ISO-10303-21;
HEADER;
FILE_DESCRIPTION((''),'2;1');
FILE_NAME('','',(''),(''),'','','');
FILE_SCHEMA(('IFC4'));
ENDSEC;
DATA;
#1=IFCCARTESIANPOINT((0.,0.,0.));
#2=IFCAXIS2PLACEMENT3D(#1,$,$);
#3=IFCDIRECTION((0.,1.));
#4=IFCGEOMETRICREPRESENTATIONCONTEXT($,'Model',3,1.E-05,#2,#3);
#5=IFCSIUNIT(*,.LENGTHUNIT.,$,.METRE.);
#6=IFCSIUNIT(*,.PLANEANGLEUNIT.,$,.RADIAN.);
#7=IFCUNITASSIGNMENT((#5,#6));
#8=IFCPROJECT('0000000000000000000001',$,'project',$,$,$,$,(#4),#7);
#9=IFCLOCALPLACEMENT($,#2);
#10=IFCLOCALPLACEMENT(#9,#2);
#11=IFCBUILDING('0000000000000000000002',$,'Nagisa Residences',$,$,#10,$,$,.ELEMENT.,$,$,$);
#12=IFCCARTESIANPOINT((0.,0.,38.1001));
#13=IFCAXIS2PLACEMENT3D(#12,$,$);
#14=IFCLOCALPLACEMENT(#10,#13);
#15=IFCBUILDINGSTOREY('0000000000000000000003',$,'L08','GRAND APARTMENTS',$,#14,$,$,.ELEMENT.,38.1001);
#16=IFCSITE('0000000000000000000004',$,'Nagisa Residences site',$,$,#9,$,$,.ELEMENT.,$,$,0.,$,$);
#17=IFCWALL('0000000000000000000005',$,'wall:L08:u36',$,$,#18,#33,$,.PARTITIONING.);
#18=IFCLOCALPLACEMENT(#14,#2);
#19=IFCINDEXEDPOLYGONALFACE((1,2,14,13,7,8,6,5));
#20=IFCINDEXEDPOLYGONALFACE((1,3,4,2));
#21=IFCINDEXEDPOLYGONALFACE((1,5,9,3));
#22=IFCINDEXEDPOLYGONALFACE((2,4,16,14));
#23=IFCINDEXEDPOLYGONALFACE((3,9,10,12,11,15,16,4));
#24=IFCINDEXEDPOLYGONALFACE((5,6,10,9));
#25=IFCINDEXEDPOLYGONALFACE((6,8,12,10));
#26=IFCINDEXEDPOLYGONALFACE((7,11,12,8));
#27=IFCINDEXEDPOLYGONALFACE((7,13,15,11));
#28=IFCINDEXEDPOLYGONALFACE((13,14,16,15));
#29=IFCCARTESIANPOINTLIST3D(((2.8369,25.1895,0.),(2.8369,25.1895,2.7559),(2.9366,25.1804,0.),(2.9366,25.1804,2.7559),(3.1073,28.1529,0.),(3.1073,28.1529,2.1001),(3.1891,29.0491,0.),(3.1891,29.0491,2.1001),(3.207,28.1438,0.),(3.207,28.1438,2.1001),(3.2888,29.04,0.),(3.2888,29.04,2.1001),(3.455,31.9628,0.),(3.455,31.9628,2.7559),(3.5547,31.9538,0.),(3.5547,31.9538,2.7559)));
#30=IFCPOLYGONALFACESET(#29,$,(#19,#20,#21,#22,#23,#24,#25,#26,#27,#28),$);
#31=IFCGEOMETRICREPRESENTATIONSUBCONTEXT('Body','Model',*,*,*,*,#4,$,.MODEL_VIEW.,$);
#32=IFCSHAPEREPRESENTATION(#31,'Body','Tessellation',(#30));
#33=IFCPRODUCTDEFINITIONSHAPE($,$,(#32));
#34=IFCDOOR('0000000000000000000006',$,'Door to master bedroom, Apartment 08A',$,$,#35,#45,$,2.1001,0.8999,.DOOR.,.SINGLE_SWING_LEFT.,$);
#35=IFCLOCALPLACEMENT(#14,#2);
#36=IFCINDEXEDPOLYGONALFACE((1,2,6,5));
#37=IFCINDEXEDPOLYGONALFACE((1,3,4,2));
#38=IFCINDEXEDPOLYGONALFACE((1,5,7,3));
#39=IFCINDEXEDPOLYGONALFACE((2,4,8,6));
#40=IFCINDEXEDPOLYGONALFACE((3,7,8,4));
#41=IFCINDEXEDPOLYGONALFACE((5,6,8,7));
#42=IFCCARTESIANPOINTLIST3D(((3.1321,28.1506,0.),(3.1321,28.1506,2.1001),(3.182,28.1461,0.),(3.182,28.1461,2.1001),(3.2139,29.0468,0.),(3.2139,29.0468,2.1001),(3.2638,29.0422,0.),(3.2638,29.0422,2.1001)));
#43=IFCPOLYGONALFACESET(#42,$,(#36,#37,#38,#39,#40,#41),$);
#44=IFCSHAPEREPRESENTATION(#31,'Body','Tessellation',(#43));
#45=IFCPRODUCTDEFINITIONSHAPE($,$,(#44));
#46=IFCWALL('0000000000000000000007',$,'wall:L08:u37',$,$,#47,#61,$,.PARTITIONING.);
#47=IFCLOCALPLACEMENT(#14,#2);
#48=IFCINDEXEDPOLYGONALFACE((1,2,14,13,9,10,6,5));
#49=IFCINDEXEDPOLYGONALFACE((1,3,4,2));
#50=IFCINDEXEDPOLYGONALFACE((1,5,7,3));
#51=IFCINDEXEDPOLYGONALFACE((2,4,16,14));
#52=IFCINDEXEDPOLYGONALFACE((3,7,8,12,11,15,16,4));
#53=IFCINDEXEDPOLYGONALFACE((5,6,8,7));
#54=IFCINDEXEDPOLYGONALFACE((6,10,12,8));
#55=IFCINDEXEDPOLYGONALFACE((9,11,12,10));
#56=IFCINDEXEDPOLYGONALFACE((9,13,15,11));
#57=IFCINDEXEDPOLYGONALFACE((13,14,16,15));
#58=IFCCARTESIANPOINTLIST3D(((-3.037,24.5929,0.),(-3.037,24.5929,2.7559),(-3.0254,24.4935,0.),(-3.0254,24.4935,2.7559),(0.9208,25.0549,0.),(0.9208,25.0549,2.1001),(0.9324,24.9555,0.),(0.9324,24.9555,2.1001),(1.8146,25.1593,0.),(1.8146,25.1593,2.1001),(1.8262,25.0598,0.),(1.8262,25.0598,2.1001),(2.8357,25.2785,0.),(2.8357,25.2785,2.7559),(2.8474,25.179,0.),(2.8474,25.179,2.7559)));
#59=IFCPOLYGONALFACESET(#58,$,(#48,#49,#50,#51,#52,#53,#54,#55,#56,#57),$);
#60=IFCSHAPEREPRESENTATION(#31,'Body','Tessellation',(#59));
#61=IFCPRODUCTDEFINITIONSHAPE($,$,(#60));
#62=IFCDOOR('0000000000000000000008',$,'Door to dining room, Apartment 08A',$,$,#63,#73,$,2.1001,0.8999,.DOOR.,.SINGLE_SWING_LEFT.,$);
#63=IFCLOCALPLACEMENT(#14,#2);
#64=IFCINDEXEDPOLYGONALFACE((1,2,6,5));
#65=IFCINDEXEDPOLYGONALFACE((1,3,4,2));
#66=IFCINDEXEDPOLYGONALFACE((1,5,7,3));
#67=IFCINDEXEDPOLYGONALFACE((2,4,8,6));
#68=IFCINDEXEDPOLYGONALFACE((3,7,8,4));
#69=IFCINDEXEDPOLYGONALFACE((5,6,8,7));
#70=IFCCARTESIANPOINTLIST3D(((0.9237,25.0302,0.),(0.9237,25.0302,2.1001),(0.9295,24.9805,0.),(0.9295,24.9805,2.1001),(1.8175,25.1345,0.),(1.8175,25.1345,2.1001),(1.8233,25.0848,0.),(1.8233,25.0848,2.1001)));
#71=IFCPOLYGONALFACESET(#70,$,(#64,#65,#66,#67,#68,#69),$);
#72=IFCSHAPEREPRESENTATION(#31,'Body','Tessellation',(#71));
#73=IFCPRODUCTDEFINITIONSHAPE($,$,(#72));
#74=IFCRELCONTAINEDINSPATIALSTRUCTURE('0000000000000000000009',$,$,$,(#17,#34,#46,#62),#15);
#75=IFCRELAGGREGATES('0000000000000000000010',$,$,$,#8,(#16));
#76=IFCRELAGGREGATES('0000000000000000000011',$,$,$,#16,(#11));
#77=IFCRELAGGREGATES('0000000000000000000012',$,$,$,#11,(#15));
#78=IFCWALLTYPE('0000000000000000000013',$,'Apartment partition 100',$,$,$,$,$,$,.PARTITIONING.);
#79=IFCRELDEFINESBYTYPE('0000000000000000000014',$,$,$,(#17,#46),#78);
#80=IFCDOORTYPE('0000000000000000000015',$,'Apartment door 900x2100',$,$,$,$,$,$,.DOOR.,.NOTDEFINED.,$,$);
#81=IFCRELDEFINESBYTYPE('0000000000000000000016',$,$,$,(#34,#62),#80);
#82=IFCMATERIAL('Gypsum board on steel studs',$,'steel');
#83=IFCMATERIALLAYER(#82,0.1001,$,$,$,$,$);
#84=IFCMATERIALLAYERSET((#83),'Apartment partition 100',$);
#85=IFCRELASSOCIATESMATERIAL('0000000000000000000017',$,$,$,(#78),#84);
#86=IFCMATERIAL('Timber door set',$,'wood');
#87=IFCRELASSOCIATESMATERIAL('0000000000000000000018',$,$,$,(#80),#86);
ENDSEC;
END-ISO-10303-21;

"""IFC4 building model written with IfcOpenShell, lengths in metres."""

from ifc_helpers import new_model, si_unit, direction, frame, frame_2d, origin, place, context, subcontext, project, spatial, rectangle, extrude, material, layer, layer_set, type_object, element, fill, save


model = new_model("IFC4")

# Units and contexts
model_context = context("Model", 3, precision=1e-05, world=origin(), true_north=direction((0.0, 1.0)))
body_context = subcontext(model_context, "Body", "Model", "MODEL_VIEW")
ifc_project = project(units=[si_unit("LENGTHUNIT", "METRE"), si_unit("PLANEANGLEUNIT", "RADIAN")], contexts=[model_context])

# Site, building, storey
site_placement = place(None, origin())
site = spatial("IfcSite", under=ifc_project, at=site_placement, Name="Nagisa Residences site", CompositionType="ELEMENT", RefElevation=0.0)
building_placement = place(site_placement, origin())
building = spatial("IfcBuilding", under=site, at=building_placement, Name="Nagisa Residences", CompositionType="ELEMENT")
storey_placement = place(building_placement, frame((0.0, 0.0, 38.1001)))
storey = spatial("IfcBuildingStorey", under=building, at=storey_placement, Name="L08", Description="GRAND APARTMENTS", CompositionType="ELEMENT", Elevation=38.1001)

# Shared definitions
ifc_material_1 = material(Name="Gypsum board on steel studs", Category="steel")
ifc_layer_1 = layer(ifc_material_1, 0.1001)
ifc_layer_set_1 = layer_set([ifc_layer_1], Name="Apartment partition 100")
wall_type_1 = type_object("IfcWallType", Name="Apartment partition 100", PredefinedType="PARTITIONING", material=ifc_layer_set_1)

# Shared definitions
ifc_material_2 = material(Name="Timber door set", Category="wood")
door_type_1 = type_object("IfcDoorType", Name="Apartment door 900x2100", OperationType="NOTDEFINED", PredefinedType="DOOR", material=ifc_material_2)

# Walls, openings, doors
wall_1_placement = place(storey_placement, frame((2.8867, 25.1848, 0.0), z_axis=(0.0, 0.0, 1.0), x_axis=(0.090885, 0.995861, 0.0)))
wall_1 = element("IfcWall", 1, at=wall_1_placement, inside=storey, type_object=wall_type_1, Name="wall:L08:u36", PredefinedType="PARTITIONING", context=body_context, shape_type="SweptSolid", body=[
    extrude(rectangle(XDim=6.8015, YDim=0.1001, at=frame_2d((3.4009, 0.0))), origin(), (0.0, 0.0, 1.0), 2.7559),
])
opening_1_placement = place(wall_1_placement, frame((2.9758, 0.0, 0.0)))
opening_1 = element("IfcOpeningElement", 2, at=opening_1_placement, cuts=wall_1, PredefinedType="OPENING", context=body_context, shape_type="SweptSolid", body=[
    extrude(rectangle(XDim=0.8999, YDim=2.1001, at=frame_2d((0.45, 1.05))), frame((0.0, 0.0601, 0.0), z_axis=(0.0, -1.0, 0.0), x_axis=(1.0, 0.0, 0.0)), (0.0, 0.0, 1.0), 0.1201),
])
door_1_placement = place(opening_1_placement, frame((0.8999, 0.0, 0.0), x_axis=(-1.0, 0.0, 0.0)))
door_1 = element("IfcDoor", 3, at=door_1_placement, inside=storey, type_object=door_type_1, Name="Door to master bedroom, Apartment 08A", OperationType="SINGLE_SWING_LEFT", OverallHeight=2.1001, OverallWidth=0.8999, PredefinedType="DOOR", context=body_context, shape_type="SweptSolid", body=[
    extrude(rectangle(XDim=0.8999, YDim=2.1001, at=frame_2d((0.45, 1.05))), frame((0.0, 0.0249, 0.0), z_axis=(0.0, -1.0, 0.0), x_axis=(1.0, 0.0, 0.0)), (0.0, 0.0, 1.0), 0.05),
])
fill(opening_1, door_1)
wall_2_placement = place(storey_placement, frame((2.8416, 25.2288, 0.0), z_axis=(0.0, 0.0, 1.0), x_axis=(-0.993256, -0.115945, 0.0)))
wall_2 = element("IfcWall", 4, at=wall_2_placement, inside=storey, type_object=wall_type_1, Name="wall:L08:u37", PredefinedType="PARTITIONING", context=body_context, shape_type="SweptSolid", body=[
    extrude(rectangle(XDim=5.9126, YDim=0.1001, at=frame_2d((2.9563, 0.0))), origin(), (0.0, 0.0, 1.0), 2.7559),
])
opening_2_placement = place(wall_2_placement, frame((1.0281, 0.0, 0.0)))
opening_2 = element("IfcOpeningElement", 5, at=opening_2_placement, cuts=wall_2, PredefinedType="OPENING", context=body_context, shape_type="SweptSolid", body=[
    extrude(rectangle(XDim=0.8999, YDim=2.1001, at=frame_2d((0.45, 1.05))), frame((0.0, 0.0601, 0.0), z_axis=(0.0, -1.0, 0.0), x_axis=(1.0, 0.0, 0.0)), (0.0, 0.0, 1.0), 0.1201),
])
door_2_placement = place(opening_2_placement, origin())
door_2 = element("IfcDoor", 6, at=door_2_placement, inside=storey, type_object=door_type_1, Name="Door to dining room, Apartment 08A", OperationType="SINGLE_SWING_LEFT", OverallHeight=2.1001, OverallWidth=0.8999, PredefinedType="DOOR", context=body_context, shape_type="SweptSolid", body=[
    extrude(rectangle(XDim=0.8999, YDim=2.1001, at=frame_2d((0.45, 1.05))), frame((0.0, 0.0249, 0.0), z_axis=(0.0, -1.0, 0.0), x_axis=(1.0, 0.0, 0.0)), (0.0, 0.0, 1.0), 0.05),
])
fill(opening_2, door_2)

save(model, "model.ifc")
